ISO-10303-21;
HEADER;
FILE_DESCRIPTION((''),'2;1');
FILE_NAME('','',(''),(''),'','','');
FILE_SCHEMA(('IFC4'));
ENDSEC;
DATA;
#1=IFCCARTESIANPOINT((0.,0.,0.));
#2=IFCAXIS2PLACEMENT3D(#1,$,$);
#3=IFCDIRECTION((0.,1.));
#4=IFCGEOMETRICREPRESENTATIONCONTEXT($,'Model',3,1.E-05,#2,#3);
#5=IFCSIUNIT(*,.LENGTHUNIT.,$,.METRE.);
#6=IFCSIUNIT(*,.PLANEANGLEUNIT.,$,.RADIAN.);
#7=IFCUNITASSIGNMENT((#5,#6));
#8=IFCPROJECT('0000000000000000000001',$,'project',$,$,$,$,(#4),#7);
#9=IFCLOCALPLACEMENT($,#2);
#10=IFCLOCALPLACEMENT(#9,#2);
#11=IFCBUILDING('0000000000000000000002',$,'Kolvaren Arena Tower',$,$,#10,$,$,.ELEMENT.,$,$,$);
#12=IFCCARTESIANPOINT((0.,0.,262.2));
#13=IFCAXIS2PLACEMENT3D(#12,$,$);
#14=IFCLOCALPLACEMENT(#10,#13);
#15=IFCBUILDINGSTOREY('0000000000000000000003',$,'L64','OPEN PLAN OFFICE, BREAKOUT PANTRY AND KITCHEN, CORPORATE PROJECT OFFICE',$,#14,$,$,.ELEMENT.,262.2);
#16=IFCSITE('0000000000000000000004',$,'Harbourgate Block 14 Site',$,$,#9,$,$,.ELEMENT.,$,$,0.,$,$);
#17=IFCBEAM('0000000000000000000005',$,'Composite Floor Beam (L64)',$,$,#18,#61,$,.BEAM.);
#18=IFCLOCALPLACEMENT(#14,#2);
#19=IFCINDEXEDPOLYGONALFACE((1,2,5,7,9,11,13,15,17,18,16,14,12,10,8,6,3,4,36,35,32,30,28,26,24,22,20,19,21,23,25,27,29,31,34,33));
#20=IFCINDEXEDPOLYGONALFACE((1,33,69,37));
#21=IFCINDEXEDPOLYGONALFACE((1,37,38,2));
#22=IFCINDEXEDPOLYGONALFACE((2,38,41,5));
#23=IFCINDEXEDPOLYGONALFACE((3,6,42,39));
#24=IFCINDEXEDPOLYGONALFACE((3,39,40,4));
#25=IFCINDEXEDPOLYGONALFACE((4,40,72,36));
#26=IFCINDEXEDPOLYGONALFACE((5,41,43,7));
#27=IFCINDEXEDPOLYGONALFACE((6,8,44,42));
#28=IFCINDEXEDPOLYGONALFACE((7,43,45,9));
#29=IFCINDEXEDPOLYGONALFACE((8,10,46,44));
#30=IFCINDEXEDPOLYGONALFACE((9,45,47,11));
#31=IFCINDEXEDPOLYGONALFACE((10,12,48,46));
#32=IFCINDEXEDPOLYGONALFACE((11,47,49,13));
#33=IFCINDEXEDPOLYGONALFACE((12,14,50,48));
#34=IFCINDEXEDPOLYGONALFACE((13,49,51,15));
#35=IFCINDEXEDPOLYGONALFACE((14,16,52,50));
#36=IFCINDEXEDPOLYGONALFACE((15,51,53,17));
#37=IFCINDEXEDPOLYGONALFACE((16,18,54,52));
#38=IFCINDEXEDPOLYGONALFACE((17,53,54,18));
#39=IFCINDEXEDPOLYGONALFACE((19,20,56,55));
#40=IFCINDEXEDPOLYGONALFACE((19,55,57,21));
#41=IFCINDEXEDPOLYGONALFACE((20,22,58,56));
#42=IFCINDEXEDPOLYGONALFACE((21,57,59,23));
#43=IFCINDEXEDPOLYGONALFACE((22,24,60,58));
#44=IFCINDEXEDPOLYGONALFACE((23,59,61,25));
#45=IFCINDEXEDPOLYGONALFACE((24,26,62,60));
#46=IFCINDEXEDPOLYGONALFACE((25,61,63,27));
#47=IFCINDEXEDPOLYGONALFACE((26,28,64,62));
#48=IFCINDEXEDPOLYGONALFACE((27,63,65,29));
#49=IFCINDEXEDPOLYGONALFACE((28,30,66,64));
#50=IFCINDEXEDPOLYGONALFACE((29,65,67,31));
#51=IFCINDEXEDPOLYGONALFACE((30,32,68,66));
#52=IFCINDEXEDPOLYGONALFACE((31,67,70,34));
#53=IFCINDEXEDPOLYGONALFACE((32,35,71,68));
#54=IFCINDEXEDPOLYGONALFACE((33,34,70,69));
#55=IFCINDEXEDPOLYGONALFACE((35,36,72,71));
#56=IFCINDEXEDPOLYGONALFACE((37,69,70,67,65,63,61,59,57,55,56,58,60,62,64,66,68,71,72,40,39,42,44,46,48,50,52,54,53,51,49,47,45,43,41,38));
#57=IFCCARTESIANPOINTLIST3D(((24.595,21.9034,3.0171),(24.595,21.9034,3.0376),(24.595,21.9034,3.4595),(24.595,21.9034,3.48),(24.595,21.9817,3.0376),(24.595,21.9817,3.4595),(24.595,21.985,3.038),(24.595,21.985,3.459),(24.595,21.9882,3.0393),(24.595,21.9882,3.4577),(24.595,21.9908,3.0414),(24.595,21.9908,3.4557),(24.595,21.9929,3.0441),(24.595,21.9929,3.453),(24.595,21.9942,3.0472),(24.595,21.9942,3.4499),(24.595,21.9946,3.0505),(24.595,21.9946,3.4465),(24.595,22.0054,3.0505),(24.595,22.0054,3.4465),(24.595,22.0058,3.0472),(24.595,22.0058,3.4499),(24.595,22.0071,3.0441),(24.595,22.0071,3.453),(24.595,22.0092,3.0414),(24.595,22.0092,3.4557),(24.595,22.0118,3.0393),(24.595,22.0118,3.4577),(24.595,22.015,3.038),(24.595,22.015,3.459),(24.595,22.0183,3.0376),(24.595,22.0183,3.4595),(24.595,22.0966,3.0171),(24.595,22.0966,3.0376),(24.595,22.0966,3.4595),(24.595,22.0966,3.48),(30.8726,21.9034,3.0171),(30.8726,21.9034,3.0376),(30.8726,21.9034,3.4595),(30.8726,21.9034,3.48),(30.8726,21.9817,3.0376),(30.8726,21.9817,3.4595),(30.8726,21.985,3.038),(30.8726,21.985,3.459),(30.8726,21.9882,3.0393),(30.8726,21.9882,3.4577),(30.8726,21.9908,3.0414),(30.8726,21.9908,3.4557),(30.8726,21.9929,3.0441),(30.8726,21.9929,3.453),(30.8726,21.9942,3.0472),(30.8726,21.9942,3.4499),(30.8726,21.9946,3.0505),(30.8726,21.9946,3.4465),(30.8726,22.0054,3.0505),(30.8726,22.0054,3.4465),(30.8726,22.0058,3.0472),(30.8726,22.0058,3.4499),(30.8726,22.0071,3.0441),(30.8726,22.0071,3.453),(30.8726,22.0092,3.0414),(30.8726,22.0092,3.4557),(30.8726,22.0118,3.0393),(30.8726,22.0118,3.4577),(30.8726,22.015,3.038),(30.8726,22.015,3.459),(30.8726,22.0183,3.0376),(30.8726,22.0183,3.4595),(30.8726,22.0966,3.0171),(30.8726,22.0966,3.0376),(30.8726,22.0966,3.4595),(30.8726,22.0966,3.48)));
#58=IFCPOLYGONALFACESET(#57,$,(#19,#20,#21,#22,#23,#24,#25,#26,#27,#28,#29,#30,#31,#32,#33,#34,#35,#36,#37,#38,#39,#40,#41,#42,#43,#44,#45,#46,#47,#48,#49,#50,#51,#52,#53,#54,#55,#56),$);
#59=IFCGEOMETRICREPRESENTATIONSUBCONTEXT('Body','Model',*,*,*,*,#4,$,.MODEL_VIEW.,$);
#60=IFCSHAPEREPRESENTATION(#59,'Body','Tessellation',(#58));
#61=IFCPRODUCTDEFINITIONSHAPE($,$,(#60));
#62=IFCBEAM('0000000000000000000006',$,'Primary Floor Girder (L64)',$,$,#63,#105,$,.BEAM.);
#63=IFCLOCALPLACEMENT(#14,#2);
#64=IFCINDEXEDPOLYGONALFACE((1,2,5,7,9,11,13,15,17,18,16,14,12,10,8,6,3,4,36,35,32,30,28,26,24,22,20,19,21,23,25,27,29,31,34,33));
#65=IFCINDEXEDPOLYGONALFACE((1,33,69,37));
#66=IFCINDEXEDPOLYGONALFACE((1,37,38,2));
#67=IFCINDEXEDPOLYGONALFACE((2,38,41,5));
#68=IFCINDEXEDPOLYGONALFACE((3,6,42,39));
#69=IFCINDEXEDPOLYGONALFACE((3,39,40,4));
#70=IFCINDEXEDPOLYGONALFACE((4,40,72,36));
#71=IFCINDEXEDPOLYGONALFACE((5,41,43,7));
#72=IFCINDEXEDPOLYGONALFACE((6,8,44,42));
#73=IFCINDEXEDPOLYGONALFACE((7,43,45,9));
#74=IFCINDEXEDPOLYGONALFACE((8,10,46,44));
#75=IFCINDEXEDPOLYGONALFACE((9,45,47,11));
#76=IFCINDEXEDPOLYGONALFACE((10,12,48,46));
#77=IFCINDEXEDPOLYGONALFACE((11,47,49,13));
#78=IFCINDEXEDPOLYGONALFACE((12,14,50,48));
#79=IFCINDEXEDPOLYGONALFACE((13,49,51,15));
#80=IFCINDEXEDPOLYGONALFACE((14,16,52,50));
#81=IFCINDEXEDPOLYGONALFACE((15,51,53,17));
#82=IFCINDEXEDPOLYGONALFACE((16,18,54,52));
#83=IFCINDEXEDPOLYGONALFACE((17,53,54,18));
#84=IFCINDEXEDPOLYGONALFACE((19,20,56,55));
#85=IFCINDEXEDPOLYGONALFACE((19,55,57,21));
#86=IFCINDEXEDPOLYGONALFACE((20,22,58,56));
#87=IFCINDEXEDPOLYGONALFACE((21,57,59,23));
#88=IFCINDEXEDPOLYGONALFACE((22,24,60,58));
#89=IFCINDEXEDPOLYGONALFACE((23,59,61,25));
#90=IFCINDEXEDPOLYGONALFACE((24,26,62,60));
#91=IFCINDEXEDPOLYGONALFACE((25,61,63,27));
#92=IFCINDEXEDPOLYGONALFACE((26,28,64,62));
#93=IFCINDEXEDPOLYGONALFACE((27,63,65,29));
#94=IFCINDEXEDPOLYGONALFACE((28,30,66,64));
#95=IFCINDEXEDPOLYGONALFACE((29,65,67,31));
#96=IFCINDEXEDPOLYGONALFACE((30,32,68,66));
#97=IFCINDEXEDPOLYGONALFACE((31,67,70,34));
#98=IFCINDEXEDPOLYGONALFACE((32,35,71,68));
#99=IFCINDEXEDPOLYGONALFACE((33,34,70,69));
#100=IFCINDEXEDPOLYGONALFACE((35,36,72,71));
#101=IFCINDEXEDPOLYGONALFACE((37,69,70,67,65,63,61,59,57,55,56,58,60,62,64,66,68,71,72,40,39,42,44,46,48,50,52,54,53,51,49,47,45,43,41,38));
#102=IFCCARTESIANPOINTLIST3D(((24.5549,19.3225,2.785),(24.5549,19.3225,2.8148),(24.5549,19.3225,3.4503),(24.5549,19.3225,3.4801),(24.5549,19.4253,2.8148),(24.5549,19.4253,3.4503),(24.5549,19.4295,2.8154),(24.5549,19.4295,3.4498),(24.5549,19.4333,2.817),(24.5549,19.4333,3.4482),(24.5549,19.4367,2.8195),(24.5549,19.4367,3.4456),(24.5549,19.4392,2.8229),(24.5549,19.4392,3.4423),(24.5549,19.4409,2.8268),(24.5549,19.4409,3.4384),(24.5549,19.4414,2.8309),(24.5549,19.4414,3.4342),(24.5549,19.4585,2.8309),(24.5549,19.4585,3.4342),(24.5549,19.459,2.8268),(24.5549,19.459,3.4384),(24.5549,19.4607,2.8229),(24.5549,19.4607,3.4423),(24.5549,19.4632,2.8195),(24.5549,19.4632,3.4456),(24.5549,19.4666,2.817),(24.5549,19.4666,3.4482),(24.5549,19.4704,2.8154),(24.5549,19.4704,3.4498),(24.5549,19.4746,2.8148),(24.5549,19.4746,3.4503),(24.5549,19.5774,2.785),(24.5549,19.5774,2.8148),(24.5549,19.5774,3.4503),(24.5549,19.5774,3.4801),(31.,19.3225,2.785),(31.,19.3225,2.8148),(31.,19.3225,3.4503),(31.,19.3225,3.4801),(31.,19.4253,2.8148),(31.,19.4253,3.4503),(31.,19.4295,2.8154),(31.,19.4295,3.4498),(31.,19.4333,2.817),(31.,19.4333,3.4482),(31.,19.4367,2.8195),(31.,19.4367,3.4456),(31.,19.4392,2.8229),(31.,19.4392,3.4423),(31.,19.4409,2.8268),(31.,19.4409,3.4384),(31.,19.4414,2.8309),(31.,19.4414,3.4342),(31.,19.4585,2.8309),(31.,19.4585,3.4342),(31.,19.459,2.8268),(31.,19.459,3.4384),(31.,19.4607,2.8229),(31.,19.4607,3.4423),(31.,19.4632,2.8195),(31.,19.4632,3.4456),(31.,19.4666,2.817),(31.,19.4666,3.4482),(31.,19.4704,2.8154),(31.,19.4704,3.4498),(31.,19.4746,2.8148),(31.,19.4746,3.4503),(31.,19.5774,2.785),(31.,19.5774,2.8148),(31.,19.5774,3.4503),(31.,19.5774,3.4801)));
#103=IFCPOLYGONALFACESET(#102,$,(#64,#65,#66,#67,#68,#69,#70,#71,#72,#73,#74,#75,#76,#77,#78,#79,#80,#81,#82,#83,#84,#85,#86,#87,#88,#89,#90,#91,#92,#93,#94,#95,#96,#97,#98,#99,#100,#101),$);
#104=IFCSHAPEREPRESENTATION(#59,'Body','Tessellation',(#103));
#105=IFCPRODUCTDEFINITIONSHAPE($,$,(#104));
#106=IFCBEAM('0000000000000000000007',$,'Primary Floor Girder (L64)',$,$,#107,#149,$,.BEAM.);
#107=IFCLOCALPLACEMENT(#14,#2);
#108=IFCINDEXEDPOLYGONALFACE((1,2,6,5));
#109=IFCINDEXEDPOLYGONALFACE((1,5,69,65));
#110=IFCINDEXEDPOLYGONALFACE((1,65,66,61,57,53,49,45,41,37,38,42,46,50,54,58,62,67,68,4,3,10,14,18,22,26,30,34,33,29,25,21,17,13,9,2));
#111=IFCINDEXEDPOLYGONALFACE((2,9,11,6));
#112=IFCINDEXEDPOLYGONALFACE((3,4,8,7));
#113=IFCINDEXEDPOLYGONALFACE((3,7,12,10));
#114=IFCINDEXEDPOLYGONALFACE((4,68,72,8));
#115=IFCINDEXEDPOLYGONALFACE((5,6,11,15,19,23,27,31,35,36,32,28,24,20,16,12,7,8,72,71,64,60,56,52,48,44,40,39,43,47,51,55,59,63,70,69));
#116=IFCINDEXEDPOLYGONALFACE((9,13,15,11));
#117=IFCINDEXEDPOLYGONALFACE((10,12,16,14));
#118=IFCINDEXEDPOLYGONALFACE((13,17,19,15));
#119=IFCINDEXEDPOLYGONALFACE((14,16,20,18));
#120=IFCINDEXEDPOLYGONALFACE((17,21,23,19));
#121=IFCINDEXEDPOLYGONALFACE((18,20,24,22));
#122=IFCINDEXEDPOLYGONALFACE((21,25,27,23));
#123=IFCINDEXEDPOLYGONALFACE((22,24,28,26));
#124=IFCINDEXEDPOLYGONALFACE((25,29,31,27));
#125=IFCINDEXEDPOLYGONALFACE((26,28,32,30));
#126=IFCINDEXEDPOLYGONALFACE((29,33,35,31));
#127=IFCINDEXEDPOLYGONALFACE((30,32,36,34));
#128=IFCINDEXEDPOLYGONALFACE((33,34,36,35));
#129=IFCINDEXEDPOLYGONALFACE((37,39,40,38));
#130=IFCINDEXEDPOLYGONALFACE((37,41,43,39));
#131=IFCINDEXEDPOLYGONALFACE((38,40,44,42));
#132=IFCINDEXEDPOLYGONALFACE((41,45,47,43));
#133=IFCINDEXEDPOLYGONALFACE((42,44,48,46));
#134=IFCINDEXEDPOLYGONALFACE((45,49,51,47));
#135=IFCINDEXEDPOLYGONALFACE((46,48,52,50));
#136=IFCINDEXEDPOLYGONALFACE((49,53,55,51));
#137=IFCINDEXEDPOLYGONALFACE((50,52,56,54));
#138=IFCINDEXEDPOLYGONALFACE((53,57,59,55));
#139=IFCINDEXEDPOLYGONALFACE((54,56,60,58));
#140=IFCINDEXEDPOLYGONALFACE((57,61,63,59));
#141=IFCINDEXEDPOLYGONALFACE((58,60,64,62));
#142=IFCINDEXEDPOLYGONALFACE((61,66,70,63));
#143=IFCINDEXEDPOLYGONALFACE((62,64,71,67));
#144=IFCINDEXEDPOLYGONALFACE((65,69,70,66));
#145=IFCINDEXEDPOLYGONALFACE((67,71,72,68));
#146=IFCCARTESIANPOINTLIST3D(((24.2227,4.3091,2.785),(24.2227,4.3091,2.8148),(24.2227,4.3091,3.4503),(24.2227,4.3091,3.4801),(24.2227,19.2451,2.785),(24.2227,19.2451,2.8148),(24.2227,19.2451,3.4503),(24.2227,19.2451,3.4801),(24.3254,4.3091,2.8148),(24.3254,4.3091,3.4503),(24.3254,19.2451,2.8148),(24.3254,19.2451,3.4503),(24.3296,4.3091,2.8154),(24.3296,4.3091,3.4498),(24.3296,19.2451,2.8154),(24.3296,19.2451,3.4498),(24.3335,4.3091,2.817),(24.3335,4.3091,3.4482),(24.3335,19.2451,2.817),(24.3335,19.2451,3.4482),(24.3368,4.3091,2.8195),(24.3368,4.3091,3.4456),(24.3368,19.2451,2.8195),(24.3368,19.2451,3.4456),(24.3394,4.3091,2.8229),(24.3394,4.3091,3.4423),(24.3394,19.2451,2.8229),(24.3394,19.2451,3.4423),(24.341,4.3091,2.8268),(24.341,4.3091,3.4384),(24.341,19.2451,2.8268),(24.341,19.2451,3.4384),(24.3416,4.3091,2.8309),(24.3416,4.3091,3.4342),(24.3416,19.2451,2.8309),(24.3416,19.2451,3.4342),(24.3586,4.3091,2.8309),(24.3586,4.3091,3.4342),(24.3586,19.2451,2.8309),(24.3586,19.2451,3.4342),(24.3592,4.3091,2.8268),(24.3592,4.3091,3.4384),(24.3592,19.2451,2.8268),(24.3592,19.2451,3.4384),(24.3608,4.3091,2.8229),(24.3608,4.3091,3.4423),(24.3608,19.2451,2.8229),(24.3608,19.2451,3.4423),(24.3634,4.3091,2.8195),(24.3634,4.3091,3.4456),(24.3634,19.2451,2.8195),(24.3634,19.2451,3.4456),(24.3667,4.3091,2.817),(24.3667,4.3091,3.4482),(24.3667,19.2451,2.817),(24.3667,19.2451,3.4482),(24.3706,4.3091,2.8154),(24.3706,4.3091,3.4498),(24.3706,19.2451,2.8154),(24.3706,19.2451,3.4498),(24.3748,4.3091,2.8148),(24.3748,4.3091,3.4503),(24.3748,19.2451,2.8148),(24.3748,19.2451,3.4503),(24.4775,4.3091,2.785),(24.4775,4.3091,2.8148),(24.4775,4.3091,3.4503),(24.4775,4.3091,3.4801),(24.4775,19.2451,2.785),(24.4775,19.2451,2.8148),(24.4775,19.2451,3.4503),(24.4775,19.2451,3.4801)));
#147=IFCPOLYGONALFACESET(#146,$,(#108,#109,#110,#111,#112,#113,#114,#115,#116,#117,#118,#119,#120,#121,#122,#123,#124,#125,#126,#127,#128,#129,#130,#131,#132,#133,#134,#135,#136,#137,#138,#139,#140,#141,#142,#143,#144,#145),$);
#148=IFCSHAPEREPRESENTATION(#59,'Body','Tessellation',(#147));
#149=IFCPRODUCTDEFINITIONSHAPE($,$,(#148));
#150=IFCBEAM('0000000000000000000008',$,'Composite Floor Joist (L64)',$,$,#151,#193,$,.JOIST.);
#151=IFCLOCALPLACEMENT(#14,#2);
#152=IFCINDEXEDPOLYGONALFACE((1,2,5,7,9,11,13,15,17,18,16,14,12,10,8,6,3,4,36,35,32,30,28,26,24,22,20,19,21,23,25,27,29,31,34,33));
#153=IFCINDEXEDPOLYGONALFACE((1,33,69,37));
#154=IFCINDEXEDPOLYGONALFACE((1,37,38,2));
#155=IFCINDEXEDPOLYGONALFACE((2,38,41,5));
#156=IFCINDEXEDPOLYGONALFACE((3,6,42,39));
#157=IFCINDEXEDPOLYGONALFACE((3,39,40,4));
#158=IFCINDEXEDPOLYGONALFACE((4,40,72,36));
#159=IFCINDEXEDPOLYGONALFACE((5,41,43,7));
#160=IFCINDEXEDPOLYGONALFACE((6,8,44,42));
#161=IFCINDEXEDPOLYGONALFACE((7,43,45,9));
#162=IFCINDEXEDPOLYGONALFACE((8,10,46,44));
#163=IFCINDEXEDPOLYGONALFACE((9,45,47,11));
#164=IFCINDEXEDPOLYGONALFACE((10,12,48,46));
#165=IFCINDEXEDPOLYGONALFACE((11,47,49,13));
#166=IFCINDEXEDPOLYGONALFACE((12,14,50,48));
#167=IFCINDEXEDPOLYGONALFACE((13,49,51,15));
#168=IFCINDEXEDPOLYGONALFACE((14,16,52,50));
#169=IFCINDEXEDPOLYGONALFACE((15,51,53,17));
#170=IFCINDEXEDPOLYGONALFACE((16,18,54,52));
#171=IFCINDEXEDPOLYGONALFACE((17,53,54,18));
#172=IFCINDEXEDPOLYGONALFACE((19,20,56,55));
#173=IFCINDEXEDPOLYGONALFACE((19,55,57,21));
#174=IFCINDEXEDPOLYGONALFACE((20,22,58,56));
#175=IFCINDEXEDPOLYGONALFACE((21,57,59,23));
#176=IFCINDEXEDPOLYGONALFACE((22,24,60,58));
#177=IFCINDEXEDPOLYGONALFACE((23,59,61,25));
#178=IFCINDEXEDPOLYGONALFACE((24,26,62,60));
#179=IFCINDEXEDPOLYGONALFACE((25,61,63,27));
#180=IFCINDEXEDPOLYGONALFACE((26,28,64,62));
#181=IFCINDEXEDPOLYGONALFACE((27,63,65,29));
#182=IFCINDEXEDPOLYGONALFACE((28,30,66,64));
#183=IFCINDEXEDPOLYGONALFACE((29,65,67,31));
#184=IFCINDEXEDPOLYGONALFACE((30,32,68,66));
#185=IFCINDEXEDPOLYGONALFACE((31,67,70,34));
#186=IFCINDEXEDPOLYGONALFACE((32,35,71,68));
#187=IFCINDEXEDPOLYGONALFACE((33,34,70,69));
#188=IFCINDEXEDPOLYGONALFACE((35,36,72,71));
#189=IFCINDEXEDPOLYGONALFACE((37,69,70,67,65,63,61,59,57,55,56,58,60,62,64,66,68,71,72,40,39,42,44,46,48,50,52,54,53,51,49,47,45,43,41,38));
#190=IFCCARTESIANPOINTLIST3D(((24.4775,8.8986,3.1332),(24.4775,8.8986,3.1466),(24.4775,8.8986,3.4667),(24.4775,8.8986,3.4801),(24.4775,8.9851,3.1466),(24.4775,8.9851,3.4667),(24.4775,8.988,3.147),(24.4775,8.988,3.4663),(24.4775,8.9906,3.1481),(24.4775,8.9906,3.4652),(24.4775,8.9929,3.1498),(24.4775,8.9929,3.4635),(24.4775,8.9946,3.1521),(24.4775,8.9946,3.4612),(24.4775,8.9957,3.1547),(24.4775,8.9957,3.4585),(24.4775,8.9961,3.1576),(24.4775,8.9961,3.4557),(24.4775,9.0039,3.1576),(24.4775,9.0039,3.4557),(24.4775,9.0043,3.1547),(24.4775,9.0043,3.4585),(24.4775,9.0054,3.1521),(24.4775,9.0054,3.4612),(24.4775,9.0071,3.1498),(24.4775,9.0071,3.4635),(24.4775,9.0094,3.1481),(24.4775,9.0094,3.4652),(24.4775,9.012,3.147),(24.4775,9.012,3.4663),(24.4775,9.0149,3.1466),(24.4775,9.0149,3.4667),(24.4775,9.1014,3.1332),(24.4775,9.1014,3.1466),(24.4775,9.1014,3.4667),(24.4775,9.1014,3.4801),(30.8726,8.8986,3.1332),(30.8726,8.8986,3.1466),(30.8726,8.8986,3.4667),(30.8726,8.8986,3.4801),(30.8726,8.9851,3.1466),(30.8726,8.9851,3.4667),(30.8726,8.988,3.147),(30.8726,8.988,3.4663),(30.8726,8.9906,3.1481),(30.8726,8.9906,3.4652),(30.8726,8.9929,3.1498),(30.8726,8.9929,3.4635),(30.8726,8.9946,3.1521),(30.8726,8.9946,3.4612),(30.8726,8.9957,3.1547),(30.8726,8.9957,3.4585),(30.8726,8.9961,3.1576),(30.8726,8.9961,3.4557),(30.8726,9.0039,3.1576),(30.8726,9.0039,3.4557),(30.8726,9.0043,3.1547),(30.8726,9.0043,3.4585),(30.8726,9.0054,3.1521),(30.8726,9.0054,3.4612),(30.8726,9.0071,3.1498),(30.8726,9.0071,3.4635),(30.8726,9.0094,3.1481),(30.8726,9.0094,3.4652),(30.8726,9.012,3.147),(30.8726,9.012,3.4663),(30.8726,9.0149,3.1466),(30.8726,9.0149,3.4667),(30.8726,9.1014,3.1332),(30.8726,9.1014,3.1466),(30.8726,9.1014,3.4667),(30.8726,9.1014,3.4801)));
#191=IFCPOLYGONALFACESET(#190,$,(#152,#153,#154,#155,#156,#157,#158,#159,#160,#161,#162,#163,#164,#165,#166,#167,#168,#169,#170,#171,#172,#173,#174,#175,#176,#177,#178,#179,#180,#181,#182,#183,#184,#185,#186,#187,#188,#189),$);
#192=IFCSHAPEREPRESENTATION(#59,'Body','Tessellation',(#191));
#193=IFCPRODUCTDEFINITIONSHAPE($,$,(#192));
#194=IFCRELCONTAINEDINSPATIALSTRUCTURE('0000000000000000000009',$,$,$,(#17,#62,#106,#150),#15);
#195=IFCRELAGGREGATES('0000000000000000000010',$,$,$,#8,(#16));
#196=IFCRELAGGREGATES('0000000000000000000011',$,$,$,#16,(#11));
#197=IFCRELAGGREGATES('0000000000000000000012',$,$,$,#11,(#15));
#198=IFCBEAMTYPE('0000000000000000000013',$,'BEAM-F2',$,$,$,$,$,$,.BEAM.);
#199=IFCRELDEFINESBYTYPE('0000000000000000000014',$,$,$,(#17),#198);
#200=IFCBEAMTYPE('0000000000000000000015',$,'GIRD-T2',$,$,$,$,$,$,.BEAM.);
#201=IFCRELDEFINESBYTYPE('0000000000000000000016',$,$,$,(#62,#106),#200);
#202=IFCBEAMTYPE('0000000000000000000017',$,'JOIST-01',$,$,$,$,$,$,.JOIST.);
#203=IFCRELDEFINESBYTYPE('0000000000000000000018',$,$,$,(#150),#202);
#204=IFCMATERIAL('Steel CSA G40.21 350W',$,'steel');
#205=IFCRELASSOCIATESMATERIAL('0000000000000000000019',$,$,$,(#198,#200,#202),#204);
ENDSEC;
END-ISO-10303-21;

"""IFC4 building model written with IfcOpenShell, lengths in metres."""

from ifc_helpers import new_model, si_unit, direction, frame, origin, origin_2d, place, context, subcontext, project, spatial, i_section, extrude, material, material_profile, profile_set, type_object, element, save


model = new_model("IFC4")

# Units and contexts
model_context = context("Model", 3, precision=1e-05, world=origin(), true_north=direction((0.0, 1.0)))
body_context = subcontext(model_context, "Body", "Model", "MODEL_VIEW")
ifc_project = project(units=[si_unit("LENGTHUNIT", "METRE"), si_unit("PLANEANGLEUNIT", "RADIAN")], contexts=[model_context])

# Site, building, storey
site_placement = place(None, origin())
site = spatial("IfcSite", under=ifc_project, at=site_placement, Name="Harbourgate Block 14 Site", CompositionType="ELEMENT", RefElevation=0.0)
building_placement = place(site_placement, origin())
building = spatial("IfcBuilding", under=site, at=building_placement, Name="Kolvaren Arena Tower", CompositionType="ELEMENT")
storey_placement = place(building_placement, frame((0.0, 0.0, 262.2)))
storey = spatial("IfcBuildingStorey", under=building, at=storey_placement, Name="L64", Description="OPEN PLAN OFFICE, BREAKOUT PANTRY AND KITCHEN, CORPORATE PROJECT OFFICE", CompositionType="ELEMENT", Elevation=262.2)

# Beams
ifc_material_1 = material(Name="Steel CSA G40.21 350W", Category="steel")
ifc_material_profile_1 = material_profile(ifc_material_1, i_section(OverallWidth=0.1931, OverallDepth=0.4629, WebThickness=0.0107, FlangeThickness=0.0205, FilletRadius=0.0129, at=origin_2d()), Name="W460x113")
ifc_profile_set_1 = profile_set([ifc_material_profile_1], Name="Steel CSA G40.21 350W")
beam_type_1 = type_object("IfcBeamType", Name="BEAM-F2", PredefinedType="BEAM", material=ifc_profile_set_1)
beam_1_placement = place(storey_placement, frame((24.595, 22.0, 3.2485), z_axis=(1.0, 0.0, 0.0), x_axis=(0.0, 1.0, 0.0)))
element("IfcBeam", 1, at=beam_1_placement, inside=storey, type_object=beam_type_1, Name="Composite Floor Beam (L64)", PredefinedType="BEAM", context=body_context, shape_type="SweptSolid", body=[
    extrude(i_section(OverallWidth=0.1931, OverallDepth=0.4629, WebThickness=0.0107, FlangeThickness=0.0205, FilletRadius=0.0129, at=origin_2d()), origin(), (0.0, 0.0, 1.0), 6.2776),
])
ifc_material_profile_2 = material_profile(ifc_material_1, i_section(OverallWidth=0.2549, OverallDepth=0.6951, WebThickness=0.0171, FlangeThickness=0.0298, FilletRadius=0.0161, at=origin_2d()), Name="W690x217")
ifc_profile_set_2 = profile_set([ifc_material_profile_2], Name="Steel CSA G40.21 350W")
beam_type_2 = type_object("IfcBeamType", Name="GIRD-T2", PredefinedType="BEAM", material=ifc_profile_set_2)
beam_2_placement = place(storey_placement, frame((24.5549, 19.45, 3.1326), z_axis=(1.0, 0.0, 0.0), x_axis=(0.0, 1.0, 0.0)))
element("IfcBeam", 2, at=beam_2_placement, inside=storey, type_object=beam_type_2, Name="Primary Floor Girder (L64)", PredefinedType="BEAM", context=body_context, shape_type="SweptSolid", body=[
    extrude(i_section(OverallWidth=0.2549, OverallDepth=0.6951, WebThickness=0.0171, FlangeThickness=0.0298, FilletRadius=0.0161, at=origin_2d()), origin(), (0.0, 0.0, 1.0), 6.4451),
])
beam_3_placement = place(storey_placement, frame((24.3501, 4.3091, 3.1326), z_axis=(0.0, 1.0, 0.0), x_axis=(-1.0, 0.0, 0.0)))
element("IfcBeam", 3, at=beam_3_placement, inside=storey, type_object=beam_type_2, Name="Primary Floor Girder (L64)", PredefinedType="BEAM", context=body_context, shape_type="SweptSolid", body=[
    extrude(i_section(OverallWidth=0.2549, OverallDepth=0.6951, WebThickness=0.0171, FlangeThickness=0.0298, FilletRadius=0.0161, at=origin_2d()), origin(), (0.0, 0.0, 1.0), 14.936),
])
ifc_material_profile_3 = material_profile(ifc_material_1, i_section(OverallWidth=0.2029, OverallDepth=0.3469, WebThickness=0.0078, FlangeThickness=0.0134, FilletRadius=0.011, at=origin_2d()), Name="W360x64")
ifc_profile_set_3 = profile_set([ifc_material_profile_3], Name="Steel CSA G40.21 350W")
beam_type_3 = type_object("IfcBeamType", Name="JOIST-01", PredefinedType="JOIST", material=ifc_profile_set_3)
for number, where, z_axis, x_axis, name in (
    (4, (24.4775, 9.0, 3.3066), (1.0, 0.0, 0.0), (0.0, 1.0, 0.0), "Composite Floor Joist (L64)"),
):
    element("IfcBeam", number, at=place(storey_placement, frame(where, z_axis=z_axis, x_axis=x_axis)), inside=storey, type_object=beam_type_3, Name=name, PredefinedType="JOIST", context=body_context, shape_type="SweptSolid", body=[
        extrude(i_section(OverallWidth=0.2029, OverallDepth=0.3469, WebThickness=0.0078, FlangeThickness=0.0134, FilletRadius=0.011, at=origin_2d()), origin(), (0.0, 0.0, 1.0), 6.395),
    ])

save(model, "model.ifc")
